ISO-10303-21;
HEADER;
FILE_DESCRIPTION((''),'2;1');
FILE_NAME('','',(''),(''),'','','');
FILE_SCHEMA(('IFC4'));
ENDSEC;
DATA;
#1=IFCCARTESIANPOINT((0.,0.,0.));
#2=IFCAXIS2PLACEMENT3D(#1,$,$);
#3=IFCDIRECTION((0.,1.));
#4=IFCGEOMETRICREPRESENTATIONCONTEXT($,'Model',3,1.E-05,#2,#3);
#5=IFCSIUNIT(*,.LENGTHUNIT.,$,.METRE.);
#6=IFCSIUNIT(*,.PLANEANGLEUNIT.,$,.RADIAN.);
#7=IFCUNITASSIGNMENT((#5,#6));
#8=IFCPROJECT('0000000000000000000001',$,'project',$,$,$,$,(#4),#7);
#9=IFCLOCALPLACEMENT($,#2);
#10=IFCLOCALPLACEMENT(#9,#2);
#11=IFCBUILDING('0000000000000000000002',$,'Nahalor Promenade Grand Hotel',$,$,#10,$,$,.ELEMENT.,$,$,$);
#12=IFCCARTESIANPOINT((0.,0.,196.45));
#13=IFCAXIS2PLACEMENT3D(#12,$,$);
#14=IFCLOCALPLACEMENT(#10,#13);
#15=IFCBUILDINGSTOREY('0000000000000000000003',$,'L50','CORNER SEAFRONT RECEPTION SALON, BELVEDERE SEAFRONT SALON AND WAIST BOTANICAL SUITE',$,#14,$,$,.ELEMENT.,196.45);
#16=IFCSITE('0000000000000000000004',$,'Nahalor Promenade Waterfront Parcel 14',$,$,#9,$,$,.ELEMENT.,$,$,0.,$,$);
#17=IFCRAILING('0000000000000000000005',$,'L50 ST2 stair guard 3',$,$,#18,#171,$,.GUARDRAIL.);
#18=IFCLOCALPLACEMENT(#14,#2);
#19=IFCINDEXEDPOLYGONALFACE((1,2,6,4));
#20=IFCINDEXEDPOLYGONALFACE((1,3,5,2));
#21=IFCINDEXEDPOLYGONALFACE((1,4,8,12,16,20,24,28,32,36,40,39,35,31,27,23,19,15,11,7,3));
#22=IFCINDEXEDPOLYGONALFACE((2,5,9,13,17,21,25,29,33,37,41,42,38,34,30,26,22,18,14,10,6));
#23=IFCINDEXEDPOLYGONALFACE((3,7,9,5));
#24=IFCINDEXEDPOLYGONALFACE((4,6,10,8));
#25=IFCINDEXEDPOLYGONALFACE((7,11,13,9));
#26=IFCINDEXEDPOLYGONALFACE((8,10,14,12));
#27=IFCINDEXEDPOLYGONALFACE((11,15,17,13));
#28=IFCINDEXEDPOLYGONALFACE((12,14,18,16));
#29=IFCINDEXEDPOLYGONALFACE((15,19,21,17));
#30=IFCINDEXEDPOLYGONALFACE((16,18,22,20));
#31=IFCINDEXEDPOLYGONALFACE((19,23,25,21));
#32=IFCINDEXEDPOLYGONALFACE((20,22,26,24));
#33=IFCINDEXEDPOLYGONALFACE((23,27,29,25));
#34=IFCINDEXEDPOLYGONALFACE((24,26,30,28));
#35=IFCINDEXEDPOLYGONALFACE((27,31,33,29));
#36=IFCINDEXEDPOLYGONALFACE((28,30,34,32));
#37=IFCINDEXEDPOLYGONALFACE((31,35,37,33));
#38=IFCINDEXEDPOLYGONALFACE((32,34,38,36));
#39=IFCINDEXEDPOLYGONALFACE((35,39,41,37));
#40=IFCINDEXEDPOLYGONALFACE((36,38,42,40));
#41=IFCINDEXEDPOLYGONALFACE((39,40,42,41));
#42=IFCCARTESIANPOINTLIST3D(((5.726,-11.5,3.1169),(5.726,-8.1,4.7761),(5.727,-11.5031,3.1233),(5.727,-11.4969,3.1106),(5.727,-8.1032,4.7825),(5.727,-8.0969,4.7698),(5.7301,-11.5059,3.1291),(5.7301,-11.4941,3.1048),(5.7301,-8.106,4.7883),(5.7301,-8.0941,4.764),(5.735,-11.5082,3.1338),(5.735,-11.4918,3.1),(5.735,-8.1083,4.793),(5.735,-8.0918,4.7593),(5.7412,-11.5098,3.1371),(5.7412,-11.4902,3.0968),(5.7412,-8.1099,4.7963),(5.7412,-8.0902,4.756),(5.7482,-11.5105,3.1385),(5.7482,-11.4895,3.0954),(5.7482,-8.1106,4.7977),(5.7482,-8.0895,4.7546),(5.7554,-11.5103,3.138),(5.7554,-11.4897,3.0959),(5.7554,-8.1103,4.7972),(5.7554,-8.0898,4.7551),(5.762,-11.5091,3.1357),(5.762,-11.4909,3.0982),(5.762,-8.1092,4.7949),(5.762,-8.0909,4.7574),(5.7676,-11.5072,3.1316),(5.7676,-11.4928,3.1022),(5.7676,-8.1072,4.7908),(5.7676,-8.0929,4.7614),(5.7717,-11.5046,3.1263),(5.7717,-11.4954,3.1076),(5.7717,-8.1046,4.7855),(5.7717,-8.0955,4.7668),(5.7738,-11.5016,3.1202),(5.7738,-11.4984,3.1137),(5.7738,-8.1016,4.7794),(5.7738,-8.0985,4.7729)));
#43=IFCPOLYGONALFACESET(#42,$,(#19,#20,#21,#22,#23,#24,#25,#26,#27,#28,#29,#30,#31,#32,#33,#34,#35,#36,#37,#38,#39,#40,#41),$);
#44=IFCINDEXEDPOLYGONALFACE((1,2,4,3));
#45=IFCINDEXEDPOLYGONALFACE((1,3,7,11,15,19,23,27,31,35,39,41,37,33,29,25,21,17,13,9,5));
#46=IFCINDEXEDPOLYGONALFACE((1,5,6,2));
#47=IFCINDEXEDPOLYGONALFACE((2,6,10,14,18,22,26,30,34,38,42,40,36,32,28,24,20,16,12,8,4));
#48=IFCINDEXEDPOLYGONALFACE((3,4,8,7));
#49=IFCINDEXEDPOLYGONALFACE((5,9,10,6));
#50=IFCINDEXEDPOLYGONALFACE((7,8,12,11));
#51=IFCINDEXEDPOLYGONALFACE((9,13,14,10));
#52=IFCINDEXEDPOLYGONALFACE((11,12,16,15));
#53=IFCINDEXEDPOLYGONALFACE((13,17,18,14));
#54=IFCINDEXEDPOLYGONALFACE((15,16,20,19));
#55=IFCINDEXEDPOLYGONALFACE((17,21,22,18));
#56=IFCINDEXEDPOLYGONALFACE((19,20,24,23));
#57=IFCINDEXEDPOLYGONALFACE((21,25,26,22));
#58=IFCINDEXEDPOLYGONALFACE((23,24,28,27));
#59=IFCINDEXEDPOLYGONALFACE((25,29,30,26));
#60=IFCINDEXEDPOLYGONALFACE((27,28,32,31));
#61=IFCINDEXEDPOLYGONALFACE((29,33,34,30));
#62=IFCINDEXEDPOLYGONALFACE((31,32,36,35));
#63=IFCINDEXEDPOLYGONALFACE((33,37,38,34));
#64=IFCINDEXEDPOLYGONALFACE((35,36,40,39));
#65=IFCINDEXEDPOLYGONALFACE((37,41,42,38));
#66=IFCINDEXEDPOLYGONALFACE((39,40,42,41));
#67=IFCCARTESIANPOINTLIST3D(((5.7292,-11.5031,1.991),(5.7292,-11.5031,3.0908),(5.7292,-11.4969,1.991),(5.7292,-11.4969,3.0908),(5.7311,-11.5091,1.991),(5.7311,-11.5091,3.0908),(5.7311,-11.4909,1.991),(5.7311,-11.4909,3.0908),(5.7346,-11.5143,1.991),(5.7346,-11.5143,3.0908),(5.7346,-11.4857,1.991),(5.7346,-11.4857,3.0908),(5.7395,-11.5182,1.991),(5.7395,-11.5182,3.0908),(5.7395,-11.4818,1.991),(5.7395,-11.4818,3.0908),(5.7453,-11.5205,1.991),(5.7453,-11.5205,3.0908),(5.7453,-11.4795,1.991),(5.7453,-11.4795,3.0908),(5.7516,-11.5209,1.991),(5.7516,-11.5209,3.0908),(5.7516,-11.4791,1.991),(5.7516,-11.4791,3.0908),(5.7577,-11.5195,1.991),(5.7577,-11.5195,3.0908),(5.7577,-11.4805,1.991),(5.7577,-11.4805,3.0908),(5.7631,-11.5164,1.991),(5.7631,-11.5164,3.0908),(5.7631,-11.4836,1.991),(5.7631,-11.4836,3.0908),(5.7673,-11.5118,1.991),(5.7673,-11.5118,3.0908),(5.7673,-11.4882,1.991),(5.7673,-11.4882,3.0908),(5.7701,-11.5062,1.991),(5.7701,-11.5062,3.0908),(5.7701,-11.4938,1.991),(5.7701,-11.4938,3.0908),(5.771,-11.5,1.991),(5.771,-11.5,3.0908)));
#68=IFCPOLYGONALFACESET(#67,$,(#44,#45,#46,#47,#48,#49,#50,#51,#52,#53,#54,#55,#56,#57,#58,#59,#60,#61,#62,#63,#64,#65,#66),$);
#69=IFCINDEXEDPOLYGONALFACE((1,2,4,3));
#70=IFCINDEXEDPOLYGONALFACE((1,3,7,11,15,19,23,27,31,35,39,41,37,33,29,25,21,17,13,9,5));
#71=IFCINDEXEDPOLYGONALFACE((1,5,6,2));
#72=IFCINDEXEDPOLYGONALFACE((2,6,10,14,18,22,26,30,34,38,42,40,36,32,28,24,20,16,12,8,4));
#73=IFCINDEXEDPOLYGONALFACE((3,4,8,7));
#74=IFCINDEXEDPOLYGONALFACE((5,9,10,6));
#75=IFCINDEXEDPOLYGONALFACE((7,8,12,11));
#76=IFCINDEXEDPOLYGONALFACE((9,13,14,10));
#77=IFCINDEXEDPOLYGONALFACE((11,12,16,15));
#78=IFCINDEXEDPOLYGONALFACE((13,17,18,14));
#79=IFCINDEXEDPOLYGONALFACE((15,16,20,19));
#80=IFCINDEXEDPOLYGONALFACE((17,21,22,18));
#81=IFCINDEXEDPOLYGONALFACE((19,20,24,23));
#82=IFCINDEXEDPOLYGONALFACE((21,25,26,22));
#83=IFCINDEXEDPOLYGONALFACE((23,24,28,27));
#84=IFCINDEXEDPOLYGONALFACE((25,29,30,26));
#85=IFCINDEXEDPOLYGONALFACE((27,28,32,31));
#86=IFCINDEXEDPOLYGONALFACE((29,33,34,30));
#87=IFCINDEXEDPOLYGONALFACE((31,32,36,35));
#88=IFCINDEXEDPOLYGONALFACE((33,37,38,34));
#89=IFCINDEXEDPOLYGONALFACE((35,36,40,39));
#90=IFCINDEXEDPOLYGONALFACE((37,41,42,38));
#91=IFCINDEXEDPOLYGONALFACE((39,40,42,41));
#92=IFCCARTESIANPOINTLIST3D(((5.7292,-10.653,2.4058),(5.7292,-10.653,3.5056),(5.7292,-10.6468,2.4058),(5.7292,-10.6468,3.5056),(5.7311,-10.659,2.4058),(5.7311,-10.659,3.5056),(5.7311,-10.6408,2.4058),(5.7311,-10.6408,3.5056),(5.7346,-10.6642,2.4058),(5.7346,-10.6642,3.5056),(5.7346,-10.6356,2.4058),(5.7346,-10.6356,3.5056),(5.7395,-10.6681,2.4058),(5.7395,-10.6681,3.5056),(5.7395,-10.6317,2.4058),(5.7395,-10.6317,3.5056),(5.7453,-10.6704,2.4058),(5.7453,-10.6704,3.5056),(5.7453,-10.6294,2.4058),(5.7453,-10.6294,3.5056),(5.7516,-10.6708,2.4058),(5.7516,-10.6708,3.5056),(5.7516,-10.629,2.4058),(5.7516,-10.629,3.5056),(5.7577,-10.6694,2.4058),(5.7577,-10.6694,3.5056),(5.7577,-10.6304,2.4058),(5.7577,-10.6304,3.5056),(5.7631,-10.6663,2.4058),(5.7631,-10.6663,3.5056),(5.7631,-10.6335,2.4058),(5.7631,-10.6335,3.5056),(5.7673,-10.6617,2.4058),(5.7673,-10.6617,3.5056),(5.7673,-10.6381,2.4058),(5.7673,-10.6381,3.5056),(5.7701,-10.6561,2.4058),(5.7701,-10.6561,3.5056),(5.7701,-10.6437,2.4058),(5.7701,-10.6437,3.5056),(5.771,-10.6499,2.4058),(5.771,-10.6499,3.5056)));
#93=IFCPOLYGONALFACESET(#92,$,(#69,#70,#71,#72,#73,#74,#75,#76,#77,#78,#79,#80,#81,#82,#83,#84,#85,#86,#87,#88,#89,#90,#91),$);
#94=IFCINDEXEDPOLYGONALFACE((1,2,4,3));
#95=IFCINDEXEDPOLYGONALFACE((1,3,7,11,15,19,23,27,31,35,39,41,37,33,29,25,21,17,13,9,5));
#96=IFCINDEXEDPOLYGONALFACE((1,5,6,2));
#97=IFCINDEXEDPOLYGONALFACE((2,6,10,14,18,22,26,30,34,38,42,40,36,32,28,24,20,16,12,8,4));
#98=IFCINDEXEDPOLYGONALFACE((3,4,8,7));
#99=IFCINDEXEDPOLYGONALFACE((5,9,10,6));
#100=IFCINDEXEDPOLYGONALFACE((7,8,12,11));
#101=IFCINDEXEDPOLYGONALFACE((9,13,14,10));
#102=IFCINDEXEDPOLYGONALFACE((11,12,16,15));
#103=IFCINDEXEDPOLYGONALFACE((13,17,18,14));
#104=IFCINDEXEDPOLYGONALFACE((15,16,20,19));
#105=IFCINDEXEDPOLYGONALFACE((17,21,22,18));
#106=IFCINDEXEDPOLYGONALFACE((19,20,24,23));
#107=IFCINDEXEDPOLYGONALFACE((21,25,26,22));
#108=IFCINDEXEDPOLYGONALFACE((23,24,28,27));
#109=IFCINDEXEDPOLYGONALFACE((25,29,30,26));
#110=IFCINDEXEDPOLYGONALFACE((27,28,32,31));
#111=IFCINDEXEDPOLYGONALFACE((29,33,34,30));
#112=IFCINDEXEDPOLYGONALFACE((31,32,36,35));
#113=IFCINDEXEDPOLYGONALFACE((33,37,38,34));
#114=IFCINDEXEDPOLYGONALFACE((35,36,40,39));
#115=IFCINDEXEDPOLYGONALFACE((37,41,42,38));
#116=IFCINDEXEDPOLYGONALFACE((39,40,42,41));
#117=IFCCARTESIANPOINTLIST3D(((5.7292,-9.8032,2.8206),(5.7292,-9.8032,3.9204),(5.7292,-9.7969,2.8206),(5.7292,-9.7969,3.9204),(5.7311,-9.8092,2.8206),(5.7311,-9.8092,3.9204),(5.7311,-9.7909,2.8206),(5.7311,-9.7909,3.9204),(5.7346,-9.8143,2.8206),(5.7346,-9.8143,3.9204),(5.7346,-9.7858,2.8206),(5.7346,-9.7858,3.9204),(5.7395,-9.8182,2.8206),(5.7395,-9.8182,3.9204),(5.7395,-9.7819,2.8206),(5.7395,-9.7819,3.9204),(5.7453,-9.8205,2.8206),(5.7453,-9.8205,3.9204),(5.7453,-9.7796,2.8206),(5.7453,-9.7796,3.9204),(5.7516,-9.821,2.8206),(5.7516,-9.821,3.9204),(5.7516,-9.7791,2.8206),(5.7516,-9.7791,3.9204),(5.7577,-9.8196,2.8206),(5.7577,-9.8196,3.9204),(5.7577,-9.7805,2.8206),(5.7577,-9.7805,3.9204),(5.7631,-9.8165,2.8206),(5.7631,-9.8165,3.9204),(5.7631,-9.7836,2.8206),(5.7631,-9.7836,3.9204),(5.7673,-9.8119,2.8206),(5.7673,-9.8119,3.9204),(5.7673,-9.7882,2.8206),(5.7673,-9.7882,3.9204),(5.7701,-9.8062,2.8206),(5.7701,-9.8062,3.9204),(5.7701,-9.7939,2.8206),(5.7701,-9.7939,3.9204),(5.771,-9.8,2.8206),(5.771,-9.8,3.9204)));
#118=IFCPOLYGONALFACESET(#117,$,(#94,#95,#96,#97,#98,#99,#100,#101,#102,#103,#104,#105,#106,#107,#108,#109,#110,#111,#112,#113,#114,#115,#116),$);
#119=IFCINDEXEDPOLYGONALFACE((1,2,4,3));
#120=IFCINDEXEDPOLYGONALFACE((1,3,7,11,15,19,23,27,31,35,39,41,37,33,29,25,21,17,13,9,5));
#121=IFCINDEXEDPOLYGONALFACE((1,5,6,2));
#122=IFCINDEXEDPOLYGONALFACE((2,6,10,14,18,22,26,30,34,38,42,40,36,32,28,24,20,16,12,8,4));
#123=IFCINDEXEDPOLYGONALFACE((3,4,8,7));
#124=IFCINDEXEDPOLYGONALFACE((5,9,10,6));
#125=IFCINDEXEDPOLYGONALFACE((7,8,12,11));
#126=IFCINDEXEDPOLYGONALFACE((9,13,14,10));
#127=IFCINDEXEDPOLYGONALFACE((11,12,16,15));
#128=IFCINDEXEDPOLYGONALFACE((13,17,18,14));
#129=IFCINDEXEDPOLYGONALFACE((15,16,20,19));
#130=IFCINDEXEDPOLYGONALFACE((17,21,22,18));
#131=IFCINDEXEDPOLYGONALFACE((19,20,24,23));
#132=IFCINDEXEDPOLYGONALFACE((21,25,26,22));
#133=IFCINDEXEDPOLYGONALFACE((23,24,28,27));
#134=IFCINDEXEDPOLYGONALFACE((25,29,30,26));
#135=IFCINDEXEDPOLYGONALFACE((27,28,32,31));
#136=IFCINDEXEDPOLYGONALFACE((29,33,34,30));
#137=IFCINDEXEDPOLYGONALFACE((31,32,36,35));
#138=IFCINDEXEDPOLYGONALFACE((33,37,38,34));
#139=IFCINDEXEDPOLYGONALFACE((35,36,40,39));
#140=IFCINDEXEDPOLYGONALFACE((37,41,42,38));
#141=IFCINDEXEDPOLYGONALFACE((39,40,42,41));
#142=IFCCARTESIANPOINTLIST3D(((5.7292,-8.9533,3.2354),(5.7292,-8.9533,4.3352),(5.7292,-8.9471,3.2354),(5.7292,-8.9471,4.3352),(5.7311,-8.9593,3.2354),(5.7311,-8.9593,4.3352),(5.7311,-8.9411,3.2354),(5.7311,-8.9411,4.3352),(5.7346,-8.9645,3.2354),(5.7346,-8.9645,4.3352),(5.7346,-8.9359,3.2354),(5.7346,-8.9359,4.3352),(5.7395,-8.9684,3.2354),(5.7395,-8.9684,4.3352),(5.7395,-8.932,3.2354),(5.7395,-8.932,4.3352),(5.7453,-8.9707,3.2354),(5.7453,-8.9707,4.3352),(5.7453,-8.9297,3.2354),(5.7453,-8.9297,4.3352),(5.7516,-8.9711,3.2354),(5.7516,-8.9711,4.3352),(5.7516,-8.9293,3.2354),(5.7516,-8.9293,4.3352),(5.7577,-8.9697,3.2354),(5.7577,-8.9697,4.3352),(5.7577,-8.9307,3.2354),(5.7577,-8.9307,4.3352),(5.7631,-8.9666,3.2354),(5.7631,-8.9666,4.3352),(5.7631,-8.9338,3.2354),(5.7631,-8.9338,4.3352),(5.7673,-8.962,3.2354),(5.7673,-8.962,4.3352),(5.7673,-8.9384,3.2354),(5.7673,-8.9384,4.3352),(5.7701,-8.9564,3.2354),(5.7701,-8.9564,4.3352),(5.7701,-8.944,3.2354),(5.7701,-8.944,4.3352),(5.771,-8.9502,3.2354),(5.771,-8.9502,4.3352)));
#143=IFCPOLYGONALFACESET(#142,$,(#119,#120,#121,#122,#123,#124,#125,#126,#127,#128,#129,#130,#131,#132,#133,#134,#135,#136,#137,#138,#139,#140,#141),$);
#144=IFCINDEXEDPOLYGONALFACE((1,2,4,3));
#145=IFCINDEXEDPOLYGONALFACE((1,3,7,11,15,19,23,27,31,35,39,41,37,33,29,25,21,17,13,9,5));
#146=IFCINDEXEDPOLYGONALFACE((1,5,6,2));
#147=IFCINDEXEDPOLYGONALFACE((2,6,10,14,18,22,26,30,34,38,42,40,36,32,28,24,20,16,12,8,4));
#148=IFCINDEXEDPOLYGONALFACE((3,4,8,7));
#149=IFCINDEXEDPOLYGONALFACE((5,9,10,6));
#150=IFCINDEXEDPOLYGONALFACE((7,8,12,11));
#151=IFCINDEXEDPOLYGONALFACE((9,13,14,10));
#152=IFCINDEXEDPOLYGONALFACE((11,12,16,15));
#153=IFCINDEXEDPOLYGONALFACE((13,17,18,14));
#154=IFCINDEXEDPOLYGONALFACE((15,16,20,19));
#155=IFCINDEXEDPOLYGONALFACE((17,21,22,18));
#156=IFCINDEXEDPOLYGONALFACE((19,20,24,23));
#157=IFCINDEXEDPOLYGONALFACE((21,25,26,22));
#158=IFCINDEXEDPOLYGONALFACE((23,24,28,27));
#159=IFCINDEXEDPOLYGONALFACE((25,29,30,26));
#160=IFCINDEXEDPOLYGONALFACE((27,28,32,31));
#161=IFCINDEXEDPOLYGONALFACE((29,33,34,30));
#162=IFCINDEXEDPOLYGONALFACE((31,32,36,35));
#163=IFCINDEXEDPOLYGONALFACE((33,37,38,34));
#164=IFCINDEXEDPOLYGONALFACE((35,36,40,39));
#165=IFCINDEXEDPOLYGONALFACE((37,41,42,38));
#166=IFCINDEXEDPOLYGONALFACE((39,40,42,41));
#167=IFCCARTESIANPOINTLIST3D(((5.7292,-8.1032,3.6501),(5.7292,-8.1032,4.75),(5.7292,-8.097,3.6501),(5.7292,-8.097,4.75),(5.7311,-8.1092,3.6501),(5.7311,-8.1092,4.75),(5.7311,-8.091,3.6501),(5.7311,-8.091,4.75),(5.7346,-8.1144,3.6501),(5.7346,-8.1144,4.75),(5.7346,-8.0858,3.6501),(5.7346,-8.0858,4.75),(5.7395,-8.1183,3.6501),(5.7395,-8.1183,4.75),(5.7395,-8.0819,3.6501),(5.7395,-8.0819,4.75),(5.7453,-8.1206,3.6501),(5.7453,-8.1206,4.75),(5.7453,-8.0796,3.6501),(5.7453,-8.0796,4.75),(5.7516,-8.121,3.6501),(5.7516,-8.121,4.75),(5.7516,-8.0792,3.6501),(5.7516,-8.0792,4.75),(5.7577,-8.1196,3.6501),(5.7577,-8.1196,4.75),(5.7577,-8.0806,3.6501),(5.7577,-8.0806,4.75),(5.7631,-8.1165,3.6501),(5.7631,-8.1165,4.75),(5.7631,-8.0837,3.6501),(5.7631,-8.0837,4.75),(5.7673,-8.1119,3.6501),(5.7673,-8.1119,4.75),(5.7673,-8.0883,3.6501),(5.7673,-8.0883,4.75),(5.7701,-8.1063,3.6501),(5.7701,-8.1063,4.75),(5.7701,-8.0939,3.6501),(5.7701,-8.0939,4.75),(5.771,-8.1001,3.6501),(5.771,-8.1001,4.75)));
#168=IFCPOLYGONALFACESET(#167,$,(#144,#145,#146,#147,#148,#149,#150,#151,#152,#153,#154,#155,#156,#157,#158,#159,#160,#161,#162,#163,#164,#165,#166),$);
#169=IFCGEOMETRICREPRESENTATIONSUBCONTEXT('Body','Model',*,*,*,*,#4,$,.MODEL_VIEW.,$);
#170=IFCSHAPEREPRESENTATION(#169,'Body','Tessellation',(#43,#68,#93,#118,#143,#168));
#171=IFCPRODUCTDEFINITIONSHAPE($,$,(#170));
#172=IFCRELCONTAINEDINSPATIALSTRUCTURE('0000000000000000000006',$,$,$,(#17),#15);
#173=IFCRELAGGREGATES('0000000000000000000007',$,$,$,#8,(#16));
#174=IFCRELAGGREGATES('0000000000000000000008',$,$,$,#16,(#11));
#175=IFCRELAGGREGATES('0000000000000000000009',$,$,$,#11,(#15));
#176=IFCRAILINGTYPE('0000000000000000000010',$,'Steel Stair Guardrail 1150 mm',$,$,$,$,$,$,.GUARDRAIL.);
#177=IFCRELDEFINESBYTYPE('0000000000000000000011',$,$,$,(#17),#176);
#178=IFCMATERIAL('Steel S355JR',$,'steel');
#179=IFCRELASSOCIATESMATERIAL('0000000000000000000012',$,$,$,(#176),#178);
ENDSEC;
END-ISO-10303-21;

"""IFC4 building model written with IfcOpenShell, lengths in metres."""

from ifc_helpers import new_model, si_unit, direction, frame, origin, origin_2d, place, context, subcontext, project, spatial, circle, extrude, material, type_object, element, save


model = new_model("IFC4")

# Units and contexts
model_context = context("Model", 3, precision=1e-05, world=origin(), true_north=direction((0.0, 1.0)))
body_context = subcontext(model_context, "Body", "Model", "MODEL_VIEW")
ifc_project = project(units=[si_unit("LENGTHUNIT", "METRE"), si_unit("PLANEANGLEUNIT", "RADIAN")], contexts=[model_context])

# Site, building, storey
site_placement = place(None, origin())
site = spatial("IfcSite", under=ifc_project, at=site_placement, Name="Nahalor Promenade Waterfront Parcel 14", CompositionType="ELEMENT", RefElevation=0.0)
building_placement = place(site_placement, origin())
building = spatial("IfcBuilding", under=site, at=building_placement, Name="Nahalor Promenade Grand Hotel", CompositionType="ELEMENT")
storey_placement = place(building_placement, frame((0.0, 0.0, 196.45)))
storey = spatial("IfcBuildingStorey", under=building, at=storey_placement, Name="L50", Description="CORNER SEAFRONT RECEPTION SALON, BELVEDERE SEAFRONT SALON AND WAIST BOTANICAL SUITE", CompositionType="ELEMENT", Elevation=196.45)

# Shared definitions
ifc_material_1 = material(Name="Steel S355JR", Category="steel")

# Railing
railing_type_1 = type_object("IfcRailingType", Name="Steel Stair Guardrail 1150 mm", PredefinedType="GUARDRAIL", material=ifc_material_1)
railing_1_placement = place(storey_placement, frame((5.75, -11.5, 1.991)))
element("IfcRailing", 1, at=railing_1_placement, inside=storey, type_object=railing_type_1, Name="L50 ST2 stair guard 3", PredefinedType="GUARDRAIL", context=body_context, shape_type="SweptSolid", body=[
    extrude(circle(Radius=0.024, at=origin_2d()), frame((0.0, 0.0, 1.126), z_axis=(0.0, 0.898696, 0.438571), x_axis=(-1.0, 0.0, 0.0)), (0.0, 0.0, 1.0), 3.7832),
    extrude(circle(Radius=0.021, at=origin_2d()), origin(), (0.0, 0.0, 1.0), 1.0999),
    extrude(circle(Radius=0.021, at=origin_2d()), frame((0.0, 0.8501, 0.4148)), (0.0, 0.0, 1.0), 1.0999),
    extrude(circle(Radius=0.021, at=origin_2d()), frame((0.0, 1.7, 0.8296)), (0.0, 0.0, 1.0), 1.0999),
    extrude(circle(Radius=0.021, at=origin_2d()), frame((0.0, 2.5498, 1.2444)), (0.0, 0.0, 1.0), 1.0999),
    extrude(circle(Radius=0.021, at=origin_2d()), frame((0.0, 3.3999, 1.6592)), (0.0, 0.0, 1.0), 1.0999),
])

save(model, "model.ifc")
